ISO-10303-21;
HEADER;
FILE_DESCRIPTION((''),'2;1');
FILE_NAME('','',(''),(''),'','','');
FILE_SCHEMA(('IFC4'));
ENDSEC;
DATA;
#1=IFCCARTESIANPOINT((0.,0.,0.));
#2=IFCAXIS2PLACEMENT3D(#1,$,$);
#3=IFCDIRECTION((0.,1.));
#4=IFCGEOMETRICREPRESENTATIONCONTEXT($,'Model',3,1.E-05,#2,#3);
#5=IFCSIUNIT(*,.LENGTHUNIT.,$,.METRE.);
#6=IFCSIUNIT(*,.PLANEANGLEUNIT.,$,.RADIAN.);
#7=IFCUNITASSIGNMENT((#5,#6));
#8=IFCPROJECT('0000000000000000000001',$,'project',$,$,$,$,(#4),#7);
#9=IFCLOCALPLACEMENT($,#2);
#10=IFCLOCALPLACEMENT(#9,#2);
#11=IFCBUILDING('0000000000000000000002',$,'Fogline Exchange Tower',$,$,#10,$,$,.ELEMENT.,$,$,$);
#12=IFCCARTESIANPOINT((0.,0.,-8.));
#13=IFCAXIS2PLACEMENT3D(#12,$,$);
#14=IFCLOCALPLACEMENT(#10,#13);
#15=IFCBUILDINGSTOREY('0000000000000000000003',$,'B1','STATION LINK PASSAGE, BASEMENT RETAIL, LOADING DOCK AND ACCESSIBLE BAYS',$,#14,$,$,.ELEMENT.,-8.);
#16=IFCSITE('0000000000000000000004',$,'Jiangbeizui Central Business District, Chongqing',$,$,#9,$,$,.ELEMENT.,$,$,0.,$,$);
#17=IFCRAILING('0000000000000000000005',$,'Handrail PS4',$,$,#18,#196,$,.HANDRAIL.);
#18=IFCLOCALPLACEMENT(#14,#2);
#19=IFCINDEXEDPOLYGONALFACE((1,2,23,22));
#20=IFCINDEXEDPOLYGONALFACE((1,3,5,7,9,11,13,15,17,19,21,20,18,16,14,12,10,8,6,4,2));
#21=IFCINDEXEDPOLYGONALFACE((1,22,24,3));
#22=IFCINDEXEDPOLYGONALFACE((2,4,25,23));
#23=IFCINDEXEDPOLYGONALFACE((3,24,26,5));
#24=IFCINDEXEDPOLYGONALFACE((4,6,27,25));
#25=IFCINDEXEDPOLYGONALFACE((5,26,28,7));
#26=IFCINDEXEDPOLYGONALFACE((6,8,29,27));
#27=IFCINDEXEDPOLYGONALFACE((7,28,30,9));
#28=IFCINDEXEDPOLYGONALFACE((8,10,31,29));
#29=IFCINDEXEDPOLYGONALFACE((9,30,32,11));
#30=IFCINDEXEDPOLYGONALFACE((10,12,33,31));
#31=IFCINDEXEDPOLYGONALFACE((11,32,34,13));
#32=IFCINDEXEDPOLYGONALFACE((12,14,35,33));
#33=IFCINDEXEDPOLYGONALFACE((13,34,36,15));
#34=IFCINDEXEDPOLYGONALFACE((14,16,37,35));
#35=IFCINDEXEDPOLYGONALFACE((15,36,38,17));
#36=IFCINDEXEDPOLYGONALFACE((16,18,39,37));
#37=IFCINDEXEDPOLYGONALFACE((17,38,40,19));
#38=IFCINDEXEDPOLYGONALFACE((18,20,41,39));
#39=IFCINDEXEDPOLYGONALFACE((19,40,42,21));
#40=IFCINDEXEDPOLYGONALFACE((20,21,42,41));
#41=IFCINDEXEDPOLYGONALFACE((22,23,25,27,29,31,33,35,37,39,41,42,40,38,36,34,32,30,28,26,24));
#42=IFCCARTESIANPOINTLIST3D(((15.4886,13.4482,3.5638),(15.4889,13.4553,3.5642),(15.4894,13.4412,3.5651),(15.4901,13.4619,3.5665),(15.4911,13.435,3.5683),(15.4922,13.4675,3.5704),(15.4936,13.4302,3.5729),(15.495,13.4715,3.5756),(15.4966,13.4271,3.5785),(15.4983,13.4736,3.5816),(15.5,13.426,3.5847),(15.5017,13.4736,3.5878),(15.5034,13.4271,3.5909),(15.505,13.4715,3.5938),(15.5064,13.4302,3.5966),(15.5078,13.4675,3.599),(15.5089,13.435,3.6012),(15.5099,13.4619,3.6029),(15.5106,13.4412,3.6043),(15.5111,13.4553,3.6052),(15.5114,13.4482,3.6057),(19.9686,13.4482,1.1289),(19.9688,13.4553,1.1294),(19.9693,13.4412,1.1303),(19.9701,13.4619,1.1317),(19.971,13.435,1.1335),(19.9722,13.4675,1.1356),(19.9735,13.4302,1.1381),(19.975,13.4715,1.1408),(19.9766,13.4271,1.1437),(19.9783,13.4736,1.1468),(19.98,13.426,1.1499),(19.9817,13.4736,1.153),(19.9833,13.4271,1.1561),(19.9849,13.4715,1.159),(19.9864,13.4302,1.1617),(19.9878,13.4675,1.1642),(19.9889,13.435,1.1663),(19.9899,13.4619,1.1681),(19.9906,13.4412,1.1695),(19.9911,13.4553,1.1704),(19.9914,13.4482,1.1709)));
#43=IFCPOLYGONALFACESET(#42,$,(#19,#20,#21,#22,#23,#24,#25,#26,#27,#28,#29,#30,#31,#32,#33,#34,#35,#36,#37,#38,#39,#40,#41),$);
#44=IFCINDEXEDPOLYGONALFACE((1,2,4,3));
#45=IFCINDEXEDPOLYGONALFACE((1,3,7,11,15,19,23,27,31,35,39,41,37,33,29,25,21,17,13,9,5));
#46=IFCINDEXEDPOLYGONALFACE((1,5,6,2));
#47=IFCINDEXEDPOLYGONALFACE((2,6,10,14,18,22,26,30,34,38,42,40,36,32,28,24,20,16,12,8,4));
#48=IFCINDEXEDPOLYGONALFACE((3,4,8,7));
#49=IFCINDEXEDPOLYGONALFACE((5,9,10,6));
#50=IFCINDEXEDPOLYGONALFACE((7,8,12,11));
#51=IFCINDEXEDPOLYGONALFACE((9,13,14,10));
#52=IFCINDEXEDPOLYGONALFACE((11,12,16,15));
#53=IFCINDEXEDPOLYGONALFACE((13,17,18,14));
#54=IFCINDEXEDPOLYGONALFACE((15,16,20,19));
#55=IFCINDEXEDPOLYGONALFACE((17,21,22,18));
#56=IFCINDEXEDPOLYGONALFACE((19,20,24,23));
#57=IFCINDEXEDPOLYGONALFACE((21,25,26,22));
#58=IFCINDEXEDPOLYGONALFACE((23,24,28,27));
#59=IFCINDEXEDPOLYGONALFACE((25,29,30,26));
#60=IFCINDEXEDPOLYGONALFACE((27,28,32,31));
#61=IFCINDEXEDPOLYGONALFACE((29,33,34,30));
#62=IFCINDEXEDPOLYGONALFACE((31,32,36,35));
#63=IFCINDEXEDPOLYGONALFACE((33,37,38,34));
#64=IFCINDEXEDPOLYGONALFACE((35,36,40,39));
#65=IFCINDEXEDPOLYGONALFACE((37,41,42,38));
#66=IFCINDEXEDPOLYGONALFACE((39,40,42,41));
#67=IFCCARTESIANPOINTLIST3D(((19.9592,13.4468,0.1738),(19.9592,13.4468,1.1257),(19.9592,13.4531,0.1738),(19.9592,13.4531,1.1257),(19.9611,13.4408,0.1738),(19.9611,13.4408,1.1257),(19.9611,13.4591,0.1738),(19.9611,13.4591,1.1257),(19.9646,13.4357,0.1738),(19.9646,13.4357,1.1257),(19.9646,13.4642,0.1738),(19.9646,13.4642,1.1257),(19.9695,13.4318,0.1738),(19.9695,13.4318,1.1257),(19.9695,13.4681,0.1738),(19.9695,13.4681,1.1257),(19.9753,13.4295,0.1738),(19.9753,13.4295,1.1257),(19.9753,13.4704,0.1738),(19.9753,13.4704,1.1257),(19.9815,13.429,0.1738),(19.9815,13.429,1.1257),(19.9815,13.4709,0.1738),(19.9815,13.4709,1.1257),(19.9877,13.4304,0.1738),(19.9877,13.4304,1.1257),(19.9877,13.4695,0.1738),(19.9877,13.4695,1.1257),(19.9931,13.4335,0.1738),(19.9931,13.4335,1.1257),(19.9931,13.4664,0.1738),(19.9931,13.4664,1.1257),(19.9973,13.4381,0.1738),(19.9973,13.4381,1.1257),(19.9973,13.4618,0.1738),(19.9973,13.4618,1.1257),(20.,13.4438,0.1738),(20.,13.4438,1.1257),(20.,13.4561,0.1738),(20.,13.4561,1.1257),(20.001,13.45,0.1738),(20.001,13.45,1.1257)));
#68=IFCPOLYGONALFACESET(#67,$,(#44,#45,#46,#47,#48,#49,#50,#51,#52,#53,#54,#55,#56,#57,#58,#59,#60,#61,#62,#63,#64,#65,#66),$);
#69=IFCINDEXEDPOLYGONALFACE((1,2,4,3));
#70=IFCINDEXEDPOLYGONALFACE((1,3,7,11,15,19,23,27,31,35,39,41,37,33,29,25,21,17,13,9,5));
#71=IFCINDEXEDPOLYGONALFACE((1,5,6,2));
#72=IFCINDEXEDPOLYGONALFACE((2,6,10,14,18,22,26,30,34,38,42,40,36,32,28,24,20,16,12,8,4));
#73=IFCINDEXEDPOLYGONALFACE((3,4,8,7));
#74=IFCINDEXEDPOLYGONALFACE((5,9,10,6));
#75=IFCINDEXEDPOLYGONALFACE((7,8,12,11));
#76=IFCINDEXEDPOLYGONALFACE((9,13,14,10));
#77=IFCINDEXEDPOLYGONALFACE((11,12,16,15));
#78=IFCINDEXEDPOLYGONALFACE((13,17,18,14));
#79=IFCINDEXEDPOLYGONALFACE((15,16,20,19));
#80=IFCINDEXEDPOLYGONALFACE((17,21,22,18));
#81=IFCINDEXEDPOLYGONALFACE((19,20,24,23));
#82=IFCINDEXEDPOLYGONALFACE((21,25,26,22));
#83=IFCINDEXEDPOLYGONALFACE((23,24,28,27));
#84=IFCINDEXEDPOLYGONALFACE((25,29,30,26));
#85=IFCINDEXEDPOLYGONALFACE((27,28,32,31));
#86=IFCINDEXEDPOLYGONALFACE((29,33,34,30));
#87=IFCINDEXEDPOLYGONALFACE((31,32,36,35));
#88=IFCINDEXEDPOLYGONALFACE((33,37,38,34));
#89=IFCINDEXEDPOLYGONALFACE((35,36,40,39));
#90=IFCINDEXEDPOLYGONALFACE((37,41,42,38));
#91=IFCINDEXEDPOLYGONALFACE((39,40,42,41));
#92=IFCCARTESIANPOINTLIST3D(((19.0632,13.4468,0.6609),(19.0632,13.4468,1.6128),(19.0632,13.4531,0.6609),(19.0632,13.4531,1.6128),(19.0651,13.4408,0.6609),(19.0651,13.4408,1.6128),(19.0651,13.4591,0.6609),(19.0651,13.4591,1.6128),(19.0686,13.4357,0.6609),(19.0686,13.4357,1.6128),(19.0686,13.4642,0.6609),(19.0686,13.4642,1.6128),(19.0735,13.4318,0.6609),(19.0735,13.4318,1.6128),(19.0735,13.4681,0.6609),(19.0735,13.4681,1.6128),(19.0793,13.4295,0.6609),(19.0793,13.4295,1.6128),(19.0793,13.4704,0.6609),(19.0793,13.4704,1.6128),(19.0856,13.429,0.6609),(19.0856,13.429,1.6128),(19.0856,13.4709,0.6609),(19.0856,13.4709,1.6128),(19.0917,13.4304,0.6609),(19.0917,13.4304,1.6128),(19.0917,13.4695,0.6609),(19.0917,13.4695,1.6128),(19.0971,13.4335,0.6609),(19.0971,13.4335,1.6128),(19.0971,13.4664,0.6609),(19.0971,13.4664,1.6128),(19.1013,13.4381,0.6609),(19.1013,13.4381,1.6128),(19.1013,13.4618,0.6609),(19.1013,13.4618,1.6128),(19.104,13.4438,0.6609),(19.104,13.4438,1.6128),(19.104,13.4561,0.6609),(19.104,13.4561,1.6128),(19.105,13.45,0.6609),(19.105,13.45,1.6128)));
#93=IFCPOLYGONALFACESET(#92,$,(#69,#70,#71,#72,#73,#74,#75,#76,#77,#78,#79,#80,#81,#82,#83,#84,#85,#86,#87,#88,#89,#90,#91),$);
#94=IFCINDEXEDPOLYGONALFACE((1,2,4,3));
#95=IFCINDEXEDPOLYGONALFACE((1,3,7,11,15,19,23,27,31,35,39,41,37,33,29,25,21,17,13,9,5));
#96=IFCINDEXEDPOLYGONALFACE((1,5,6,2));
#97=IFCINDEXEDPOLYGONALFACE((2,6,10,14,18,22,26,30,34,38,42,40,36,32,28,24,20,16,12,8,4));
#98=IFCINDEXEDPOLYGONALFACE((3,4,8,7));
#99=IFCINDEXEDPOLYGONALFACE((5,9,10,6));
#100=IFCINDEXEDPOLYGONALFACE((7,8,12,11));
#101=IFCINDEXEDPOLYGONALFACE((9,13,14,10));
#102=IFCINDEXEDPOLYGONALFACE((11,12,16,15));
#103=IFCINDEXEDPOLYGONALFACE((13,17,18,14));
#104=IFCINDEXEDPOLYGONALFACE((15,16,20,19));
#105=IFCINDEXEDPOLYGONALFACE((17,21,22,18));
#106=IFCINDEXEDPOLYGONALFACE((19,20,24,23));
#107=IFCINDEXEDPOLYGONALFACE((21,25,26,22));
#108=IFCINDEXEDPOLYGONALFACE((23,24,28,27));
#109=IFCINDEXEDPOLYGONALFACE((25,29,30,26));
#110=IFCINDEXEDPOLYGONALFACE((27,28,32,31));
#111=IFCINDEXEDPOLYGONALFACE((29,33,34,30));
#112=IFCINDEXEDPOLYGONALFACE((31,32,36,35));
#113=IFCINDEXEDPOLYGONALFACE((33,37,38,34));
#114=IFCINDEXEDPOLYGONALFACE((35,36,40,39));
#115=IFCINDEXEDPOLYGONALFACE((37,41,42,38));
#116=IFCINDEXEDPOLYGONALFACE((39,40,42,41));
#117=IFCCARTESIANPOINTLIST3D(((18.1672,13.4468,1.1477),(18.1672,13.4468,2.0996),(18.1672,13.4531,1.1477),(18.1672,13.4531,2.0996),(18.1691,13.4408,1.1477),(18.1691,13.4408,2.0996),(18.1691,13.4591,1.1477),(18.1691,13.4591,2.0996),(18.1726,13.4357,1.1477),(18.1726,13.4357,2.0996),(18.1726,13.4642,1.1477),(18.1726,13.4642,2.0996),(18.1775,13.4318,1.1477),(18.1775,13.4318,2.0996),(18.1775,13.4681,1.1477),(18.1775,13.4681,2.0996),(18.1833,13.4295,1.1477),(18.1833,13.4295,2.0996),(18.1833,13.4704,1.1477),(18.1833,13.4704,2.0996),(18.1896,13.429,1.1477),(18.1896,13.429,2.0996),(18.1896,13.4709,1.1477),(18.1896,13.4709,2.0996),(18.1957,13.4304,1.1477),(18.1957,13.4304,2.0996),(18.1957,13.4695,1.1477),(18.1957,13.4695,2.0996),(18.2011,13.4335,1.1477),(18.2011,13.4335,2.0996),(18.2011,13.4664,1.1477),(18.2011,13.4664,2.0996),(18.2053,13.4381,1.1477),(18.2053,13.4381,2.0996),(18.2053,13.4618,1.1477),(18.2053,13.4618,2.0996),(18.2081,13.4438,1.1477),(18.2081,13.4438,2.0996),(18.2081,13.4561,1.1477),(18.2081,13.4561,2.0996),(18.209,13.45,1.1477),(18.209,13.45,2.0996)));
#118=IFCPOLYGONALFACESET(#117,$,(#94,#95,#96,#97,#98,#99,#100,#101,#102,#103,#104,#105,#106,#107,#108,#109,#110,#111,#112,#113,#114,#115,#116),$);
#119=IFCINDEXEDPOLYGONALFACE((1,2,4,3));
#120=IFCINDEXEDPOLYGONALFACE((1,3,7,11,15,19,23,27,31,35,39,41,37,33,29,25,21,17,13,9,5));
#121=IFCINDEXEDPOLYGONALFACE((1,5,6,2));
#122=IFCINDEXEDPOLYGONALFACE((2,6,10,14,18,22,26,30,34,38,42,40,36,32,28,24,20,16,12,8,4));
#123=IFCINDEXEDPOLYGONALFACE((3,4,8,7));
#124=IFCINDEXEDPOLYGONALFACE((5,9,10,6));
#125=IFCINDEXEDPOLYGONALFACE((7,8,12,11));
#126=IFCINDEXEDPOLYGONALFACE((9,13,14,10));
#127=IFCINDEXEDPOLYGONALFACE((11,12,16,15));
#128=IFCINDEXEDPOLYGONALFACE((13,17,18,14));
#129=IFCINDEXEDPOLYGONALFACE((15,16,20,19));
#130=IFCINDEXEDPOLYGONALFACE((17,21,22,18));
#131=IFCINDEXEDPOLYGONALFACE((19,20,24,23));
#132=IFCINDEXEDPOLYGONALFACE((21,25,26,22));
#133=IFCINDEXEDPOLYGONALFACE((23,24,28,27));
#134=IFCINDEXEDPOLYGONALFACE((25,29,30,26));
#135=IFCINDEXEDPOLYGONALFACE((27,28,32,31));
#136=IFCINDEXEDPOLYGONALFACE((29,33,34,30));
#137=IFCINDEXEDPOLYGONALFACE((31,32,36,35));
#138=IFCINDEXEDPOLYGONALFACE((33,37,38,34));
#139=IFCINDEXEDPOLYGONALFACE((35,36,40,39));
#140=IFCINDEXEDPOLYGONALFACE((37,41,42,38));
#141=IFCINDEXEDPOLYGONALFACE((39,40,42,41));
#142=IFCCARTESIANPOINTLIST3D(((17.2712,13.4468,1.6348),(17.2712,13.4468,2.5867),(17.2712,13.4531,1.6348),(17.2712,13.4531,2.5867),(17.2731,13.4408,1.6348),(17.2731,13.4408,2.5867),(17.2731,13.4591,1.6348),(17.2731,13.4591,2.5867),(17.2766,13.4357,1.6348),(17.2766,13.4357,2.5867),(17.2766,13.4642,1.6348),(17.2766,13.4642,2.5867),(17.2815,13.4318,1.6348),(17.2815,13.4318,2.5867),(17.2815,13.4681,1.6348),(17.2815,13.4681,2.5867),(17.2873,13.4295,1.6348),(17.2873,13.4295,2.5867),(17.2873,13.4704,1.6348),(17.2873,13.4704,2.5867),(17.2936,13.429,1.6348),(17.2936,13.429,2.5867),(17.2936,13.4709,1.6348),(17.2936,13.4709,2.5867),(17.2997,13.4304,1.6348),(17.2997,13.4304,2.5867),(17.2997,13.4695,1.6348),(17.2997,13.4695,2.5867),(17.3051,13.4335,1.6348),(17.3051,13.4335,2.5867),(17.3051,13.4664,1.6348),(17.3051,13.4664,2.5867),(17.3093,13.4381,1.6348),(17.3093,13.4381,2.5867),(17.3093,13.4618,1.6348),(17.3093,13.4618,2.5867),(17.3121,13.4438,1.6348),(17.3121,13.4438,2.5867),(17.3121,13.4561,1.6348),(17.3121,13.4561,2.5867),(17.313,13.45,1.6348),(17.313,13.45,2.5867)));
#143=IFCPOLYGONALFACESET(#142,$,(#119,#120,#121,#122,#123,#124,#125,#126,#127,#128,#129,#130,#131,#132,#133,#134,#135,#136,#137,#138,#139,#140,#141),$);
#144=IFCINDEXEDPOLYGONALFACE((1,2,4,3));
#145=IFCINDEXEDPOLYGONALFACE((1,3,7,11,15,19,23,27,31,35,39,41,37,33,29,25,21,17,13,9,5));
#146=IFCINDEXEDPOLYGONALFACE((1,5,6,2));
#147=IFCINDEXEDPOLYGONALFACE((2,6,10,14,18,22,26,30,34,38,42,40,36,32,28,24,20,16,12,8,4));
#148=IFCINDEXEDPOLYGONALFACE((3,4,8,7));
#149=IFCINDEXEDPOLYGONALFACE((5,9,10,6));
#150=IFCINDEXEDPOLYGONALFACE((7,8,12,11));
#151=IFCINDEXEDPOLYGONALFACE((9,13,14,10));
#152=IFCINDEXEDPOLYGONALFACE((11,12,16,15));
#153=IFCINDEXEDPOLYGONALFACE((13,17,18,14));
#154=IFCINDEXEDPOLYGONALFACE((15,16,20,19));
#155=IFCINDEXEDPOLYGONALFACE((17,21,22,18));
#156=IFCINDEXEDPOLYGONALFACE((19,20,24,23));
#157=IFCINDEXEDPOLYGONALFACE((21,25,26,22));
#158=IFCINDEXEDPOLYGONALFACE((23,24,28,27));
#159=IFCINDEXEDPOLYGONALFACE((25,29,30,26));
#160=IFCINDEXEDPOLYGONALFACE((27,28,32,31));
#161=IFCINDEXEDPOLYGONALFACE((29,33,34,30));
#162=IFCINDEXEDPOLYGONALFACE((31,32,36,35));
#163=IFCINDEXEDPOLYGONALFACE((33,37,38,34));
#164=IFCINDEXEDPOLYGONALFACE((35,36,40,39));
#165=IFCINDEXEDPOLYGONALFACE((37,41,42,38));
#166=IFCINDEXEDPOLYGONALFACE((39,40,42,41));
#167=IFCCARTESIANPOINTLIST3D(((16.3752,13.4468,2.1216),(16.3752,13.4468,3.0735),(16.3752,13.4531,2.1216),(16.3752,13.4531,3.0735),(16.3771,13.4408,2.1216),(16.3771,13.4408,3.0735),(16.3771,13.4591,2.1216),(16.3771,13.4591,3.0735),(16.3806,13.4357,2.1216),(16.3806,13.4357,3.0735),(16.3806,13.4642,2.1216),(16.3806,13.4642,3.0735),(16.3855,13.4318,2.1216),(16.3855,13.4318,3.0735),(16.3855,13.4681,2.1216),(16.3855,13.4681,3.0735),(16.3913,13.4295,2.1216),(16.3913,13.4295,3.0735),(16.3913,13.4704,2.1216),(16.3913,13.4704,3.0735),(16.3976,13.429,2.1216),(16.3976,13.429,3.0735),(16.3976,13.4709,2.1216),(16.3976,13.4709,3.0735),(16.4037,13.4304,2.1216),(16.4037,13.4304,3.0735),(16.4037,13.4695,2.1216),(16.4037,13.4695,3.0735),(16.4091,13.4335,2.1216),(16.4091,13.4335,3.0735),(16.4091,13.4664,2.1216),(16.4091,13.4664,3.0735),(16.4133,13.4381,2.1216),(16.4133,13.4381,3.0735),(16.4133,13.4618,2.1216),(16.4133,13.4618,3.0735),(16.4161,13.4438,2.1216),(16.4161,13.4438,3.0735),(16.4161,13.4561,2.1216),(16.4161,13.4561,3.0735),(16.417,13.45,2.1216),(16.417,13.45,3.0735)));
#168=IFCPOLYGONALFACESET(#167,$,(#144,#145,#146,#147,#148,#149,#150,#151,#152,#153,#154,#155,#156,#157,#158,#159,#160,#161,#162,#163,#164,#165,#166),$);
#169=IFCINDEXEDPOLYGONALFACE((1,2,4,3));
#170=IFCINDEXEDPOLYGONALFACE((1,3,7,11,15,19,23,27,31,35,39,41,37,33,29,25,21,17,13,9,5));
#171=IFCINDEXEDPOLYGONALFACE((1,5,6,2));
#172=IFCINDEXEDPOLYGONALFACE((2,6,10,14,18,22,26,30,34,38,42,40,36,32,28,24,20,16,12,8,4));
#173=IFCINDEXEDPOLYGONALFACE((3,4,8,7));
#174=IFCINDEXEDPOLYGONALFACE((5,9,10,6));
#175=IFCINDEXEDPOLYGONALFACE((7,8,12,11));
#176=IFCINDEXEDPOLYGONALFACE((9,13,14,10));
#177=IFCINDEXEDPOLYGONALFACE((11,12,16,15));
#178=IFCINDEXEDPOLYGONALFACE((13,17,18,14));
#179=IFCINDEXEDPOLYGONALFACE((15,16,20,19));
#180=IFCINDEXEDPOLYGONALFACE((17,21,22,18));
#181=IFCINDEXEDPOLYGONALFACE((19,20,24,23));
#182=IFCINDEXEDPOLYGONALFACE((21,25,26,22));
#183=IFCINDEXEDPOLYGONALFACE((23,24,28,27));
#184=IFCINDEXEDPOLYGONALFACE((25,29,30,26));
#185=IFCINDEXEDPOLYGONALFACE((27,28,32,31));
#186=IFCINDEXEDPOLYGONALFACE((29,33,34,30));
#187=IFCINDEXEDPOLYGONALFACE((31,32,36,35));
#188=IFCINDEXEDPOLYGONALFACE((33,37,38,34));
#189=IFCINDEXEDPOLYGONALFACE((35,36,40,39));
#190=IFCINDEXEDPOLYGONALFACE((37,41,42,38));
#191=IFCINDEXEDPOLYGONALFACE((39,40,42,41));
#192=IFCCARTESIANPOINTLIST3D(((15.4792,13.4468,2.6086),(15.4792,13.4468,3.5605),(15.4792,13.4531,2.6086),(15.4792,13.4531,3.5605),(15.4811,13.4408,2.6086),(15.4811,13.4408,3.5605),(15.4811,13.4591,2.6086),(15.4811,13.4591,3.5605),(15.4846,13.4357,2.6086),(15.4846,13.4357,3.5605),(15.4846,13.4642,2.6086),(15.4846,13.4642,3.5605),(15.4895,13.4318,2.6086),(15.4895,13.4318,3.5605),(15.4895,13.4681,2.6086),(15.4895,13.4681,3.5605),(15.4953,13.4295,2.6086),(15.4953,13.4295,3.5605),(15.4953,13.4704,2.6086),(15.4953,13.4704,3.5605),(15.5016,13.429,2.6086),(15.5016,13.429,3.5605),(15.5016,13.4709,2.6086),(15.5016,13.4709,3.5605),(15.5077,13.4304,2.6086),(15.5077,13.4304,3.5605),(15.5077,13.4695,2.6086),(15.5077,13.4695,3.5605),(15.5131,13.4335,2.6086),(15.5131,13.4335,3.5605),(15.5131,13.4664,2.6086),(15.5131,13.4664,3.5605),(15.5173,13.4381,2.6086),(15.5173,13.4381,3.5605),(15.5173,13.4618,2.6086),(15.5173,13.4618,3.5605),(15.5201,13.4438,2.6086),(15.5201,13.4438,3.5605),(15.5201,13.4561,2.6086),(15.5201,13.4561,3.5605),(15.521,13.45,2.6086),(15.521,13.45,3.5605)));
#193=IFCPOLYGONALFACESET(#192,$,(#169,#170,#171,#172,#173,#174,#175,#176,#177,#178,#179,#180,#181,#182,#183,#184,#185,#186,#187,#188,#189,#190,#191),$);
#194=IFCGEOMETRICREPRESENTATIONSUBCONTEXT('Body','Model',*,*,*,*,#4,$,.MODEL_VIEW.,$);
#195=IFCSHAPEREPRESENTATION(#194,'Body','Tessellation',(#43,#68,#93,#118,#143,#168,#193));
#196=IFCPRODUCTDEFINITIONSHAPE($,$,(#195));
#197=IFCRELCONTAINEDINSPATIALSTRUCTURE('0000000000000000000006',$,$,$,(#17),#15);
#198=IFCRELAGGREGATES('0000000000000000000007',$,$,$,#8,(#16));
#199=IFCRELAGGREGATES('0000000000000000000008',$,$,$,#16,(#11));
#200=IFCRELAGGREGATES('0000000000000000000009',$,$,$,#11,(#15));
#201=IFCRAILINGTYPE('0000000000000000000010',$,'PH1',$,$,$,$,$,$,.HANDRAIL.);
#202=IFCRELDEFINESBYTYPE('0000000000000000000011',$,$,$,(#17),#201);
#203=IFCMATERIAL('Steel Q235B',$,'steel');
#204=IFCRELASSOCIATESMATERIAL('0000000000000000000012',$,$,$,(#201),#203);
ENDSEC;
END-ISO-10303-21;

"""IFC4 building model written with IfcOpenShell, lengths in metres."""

from ifc_helpers import new_model, si_unit, direction, frame, origin, origin_2d, place, context, subcontext, project, spatial, circle, extrude, material, type_object, element, save


model = new_model("IFC4")

# Units and contexts
model_context = context("Model", 3, precision=1e-05, world=origin(), true_north=direction((0.0, 1.0)))
body_context = subcontext(model_context, "Body", "Model", "MODEL_VIEW")
ifc_project = project(units=[si_unit("LENGTHUNIT", "METRE"), si_unit("PLANEANGLEUNIT", "RADIAN")], contexts=[model_context])

# Site, building, storey
site_placement = place(None, origin())
site = spatial("IfcSite", under=ifc_project, at=site_placement, Name="Jiangbeizui Central Business District, Chongqing", CompositionType="ELEMENT", RefElevation=0.0)
building_placement = place(site_placement, origin())
building = spatial("IfcBuilding", under=site, at=building_placement, Name="Fogline Exchange Tower", CompositionType="ELEMENT")
storey_placement = place(building_placement, frame((0.0, 0.0, -8.0)))
storey = spatial("IfcBuildingStorey", under=building, at=storey_placement, Name="B1", Description="STATION LINK PASSAGE, BASEMENT RETAIL, LOADING DOCK AND ACCESSIBLE BAYS", CompositionType="ELEMENT", Elevation=-8.0)

# Shared definitions
ifc_material_1 = material(Name="Steel Q235B", Category="steel")

# Railing
railing_type_1 = type_object("IfcRailingType", Name="PH1", PredefinedType="HANDRAIL", material=ifc_material_1)
railing_1_placement = place(storey_placement, frame((19.98, 13.45, 0.1738)))
element("IfcRailing", 1, at=railing_1_placement, inside=storey, type_object=railing_type_1, Name="Handrail PS4", PredefinedType="HANDRAIL", context=body_context, shape_type="SweptSolid", body=[
    extrude(circle(Radius=0.0239, at=origin_2d()), frame((0.0, 0.0, 0.9761), z_axis=(-0.878621, 0.0, 0.47752), x_axis=(0.0, -1.0, 0.0)), (0.0, 0.0, 1.0), 5.0989),
    extrude(circle(Radius=0.021, at=origin_2d()), origin(), (0.0, 0.0, 1.0), 0.9519),
    extrude(circle(Radius=0.021, at=origin_2d()), frame((-0.896, 0.0, 0.4871)), (0.0, 0.0, 1.0), 0.9519),
    extrude(circle(Radius=0.021, at=origin_2d()), frame((-1.792, 0.0, 0.9739)), (0.0, 0.0, 1.0), 0.9519),
    extrude(circle(Radius=0.021, at=origin_2d()), frame((-2.688, 0.0, 1.4609)), (0.0, 0.0, 1.0), 0.9519),
    extrude(circle(Radius=0.021, at=origin_2d()), frame((-3.584, 0.0, 1.9478)), (0.0, 0.0, 1.0), 0.9519),
    extrude(circle(Radius=0.021, at=origin_2d()), frame((-4.48, 0.0, 2.4348)), (0.0, 0.0, 1.0), 0.9519),
])

save(model, "model.ifc")
